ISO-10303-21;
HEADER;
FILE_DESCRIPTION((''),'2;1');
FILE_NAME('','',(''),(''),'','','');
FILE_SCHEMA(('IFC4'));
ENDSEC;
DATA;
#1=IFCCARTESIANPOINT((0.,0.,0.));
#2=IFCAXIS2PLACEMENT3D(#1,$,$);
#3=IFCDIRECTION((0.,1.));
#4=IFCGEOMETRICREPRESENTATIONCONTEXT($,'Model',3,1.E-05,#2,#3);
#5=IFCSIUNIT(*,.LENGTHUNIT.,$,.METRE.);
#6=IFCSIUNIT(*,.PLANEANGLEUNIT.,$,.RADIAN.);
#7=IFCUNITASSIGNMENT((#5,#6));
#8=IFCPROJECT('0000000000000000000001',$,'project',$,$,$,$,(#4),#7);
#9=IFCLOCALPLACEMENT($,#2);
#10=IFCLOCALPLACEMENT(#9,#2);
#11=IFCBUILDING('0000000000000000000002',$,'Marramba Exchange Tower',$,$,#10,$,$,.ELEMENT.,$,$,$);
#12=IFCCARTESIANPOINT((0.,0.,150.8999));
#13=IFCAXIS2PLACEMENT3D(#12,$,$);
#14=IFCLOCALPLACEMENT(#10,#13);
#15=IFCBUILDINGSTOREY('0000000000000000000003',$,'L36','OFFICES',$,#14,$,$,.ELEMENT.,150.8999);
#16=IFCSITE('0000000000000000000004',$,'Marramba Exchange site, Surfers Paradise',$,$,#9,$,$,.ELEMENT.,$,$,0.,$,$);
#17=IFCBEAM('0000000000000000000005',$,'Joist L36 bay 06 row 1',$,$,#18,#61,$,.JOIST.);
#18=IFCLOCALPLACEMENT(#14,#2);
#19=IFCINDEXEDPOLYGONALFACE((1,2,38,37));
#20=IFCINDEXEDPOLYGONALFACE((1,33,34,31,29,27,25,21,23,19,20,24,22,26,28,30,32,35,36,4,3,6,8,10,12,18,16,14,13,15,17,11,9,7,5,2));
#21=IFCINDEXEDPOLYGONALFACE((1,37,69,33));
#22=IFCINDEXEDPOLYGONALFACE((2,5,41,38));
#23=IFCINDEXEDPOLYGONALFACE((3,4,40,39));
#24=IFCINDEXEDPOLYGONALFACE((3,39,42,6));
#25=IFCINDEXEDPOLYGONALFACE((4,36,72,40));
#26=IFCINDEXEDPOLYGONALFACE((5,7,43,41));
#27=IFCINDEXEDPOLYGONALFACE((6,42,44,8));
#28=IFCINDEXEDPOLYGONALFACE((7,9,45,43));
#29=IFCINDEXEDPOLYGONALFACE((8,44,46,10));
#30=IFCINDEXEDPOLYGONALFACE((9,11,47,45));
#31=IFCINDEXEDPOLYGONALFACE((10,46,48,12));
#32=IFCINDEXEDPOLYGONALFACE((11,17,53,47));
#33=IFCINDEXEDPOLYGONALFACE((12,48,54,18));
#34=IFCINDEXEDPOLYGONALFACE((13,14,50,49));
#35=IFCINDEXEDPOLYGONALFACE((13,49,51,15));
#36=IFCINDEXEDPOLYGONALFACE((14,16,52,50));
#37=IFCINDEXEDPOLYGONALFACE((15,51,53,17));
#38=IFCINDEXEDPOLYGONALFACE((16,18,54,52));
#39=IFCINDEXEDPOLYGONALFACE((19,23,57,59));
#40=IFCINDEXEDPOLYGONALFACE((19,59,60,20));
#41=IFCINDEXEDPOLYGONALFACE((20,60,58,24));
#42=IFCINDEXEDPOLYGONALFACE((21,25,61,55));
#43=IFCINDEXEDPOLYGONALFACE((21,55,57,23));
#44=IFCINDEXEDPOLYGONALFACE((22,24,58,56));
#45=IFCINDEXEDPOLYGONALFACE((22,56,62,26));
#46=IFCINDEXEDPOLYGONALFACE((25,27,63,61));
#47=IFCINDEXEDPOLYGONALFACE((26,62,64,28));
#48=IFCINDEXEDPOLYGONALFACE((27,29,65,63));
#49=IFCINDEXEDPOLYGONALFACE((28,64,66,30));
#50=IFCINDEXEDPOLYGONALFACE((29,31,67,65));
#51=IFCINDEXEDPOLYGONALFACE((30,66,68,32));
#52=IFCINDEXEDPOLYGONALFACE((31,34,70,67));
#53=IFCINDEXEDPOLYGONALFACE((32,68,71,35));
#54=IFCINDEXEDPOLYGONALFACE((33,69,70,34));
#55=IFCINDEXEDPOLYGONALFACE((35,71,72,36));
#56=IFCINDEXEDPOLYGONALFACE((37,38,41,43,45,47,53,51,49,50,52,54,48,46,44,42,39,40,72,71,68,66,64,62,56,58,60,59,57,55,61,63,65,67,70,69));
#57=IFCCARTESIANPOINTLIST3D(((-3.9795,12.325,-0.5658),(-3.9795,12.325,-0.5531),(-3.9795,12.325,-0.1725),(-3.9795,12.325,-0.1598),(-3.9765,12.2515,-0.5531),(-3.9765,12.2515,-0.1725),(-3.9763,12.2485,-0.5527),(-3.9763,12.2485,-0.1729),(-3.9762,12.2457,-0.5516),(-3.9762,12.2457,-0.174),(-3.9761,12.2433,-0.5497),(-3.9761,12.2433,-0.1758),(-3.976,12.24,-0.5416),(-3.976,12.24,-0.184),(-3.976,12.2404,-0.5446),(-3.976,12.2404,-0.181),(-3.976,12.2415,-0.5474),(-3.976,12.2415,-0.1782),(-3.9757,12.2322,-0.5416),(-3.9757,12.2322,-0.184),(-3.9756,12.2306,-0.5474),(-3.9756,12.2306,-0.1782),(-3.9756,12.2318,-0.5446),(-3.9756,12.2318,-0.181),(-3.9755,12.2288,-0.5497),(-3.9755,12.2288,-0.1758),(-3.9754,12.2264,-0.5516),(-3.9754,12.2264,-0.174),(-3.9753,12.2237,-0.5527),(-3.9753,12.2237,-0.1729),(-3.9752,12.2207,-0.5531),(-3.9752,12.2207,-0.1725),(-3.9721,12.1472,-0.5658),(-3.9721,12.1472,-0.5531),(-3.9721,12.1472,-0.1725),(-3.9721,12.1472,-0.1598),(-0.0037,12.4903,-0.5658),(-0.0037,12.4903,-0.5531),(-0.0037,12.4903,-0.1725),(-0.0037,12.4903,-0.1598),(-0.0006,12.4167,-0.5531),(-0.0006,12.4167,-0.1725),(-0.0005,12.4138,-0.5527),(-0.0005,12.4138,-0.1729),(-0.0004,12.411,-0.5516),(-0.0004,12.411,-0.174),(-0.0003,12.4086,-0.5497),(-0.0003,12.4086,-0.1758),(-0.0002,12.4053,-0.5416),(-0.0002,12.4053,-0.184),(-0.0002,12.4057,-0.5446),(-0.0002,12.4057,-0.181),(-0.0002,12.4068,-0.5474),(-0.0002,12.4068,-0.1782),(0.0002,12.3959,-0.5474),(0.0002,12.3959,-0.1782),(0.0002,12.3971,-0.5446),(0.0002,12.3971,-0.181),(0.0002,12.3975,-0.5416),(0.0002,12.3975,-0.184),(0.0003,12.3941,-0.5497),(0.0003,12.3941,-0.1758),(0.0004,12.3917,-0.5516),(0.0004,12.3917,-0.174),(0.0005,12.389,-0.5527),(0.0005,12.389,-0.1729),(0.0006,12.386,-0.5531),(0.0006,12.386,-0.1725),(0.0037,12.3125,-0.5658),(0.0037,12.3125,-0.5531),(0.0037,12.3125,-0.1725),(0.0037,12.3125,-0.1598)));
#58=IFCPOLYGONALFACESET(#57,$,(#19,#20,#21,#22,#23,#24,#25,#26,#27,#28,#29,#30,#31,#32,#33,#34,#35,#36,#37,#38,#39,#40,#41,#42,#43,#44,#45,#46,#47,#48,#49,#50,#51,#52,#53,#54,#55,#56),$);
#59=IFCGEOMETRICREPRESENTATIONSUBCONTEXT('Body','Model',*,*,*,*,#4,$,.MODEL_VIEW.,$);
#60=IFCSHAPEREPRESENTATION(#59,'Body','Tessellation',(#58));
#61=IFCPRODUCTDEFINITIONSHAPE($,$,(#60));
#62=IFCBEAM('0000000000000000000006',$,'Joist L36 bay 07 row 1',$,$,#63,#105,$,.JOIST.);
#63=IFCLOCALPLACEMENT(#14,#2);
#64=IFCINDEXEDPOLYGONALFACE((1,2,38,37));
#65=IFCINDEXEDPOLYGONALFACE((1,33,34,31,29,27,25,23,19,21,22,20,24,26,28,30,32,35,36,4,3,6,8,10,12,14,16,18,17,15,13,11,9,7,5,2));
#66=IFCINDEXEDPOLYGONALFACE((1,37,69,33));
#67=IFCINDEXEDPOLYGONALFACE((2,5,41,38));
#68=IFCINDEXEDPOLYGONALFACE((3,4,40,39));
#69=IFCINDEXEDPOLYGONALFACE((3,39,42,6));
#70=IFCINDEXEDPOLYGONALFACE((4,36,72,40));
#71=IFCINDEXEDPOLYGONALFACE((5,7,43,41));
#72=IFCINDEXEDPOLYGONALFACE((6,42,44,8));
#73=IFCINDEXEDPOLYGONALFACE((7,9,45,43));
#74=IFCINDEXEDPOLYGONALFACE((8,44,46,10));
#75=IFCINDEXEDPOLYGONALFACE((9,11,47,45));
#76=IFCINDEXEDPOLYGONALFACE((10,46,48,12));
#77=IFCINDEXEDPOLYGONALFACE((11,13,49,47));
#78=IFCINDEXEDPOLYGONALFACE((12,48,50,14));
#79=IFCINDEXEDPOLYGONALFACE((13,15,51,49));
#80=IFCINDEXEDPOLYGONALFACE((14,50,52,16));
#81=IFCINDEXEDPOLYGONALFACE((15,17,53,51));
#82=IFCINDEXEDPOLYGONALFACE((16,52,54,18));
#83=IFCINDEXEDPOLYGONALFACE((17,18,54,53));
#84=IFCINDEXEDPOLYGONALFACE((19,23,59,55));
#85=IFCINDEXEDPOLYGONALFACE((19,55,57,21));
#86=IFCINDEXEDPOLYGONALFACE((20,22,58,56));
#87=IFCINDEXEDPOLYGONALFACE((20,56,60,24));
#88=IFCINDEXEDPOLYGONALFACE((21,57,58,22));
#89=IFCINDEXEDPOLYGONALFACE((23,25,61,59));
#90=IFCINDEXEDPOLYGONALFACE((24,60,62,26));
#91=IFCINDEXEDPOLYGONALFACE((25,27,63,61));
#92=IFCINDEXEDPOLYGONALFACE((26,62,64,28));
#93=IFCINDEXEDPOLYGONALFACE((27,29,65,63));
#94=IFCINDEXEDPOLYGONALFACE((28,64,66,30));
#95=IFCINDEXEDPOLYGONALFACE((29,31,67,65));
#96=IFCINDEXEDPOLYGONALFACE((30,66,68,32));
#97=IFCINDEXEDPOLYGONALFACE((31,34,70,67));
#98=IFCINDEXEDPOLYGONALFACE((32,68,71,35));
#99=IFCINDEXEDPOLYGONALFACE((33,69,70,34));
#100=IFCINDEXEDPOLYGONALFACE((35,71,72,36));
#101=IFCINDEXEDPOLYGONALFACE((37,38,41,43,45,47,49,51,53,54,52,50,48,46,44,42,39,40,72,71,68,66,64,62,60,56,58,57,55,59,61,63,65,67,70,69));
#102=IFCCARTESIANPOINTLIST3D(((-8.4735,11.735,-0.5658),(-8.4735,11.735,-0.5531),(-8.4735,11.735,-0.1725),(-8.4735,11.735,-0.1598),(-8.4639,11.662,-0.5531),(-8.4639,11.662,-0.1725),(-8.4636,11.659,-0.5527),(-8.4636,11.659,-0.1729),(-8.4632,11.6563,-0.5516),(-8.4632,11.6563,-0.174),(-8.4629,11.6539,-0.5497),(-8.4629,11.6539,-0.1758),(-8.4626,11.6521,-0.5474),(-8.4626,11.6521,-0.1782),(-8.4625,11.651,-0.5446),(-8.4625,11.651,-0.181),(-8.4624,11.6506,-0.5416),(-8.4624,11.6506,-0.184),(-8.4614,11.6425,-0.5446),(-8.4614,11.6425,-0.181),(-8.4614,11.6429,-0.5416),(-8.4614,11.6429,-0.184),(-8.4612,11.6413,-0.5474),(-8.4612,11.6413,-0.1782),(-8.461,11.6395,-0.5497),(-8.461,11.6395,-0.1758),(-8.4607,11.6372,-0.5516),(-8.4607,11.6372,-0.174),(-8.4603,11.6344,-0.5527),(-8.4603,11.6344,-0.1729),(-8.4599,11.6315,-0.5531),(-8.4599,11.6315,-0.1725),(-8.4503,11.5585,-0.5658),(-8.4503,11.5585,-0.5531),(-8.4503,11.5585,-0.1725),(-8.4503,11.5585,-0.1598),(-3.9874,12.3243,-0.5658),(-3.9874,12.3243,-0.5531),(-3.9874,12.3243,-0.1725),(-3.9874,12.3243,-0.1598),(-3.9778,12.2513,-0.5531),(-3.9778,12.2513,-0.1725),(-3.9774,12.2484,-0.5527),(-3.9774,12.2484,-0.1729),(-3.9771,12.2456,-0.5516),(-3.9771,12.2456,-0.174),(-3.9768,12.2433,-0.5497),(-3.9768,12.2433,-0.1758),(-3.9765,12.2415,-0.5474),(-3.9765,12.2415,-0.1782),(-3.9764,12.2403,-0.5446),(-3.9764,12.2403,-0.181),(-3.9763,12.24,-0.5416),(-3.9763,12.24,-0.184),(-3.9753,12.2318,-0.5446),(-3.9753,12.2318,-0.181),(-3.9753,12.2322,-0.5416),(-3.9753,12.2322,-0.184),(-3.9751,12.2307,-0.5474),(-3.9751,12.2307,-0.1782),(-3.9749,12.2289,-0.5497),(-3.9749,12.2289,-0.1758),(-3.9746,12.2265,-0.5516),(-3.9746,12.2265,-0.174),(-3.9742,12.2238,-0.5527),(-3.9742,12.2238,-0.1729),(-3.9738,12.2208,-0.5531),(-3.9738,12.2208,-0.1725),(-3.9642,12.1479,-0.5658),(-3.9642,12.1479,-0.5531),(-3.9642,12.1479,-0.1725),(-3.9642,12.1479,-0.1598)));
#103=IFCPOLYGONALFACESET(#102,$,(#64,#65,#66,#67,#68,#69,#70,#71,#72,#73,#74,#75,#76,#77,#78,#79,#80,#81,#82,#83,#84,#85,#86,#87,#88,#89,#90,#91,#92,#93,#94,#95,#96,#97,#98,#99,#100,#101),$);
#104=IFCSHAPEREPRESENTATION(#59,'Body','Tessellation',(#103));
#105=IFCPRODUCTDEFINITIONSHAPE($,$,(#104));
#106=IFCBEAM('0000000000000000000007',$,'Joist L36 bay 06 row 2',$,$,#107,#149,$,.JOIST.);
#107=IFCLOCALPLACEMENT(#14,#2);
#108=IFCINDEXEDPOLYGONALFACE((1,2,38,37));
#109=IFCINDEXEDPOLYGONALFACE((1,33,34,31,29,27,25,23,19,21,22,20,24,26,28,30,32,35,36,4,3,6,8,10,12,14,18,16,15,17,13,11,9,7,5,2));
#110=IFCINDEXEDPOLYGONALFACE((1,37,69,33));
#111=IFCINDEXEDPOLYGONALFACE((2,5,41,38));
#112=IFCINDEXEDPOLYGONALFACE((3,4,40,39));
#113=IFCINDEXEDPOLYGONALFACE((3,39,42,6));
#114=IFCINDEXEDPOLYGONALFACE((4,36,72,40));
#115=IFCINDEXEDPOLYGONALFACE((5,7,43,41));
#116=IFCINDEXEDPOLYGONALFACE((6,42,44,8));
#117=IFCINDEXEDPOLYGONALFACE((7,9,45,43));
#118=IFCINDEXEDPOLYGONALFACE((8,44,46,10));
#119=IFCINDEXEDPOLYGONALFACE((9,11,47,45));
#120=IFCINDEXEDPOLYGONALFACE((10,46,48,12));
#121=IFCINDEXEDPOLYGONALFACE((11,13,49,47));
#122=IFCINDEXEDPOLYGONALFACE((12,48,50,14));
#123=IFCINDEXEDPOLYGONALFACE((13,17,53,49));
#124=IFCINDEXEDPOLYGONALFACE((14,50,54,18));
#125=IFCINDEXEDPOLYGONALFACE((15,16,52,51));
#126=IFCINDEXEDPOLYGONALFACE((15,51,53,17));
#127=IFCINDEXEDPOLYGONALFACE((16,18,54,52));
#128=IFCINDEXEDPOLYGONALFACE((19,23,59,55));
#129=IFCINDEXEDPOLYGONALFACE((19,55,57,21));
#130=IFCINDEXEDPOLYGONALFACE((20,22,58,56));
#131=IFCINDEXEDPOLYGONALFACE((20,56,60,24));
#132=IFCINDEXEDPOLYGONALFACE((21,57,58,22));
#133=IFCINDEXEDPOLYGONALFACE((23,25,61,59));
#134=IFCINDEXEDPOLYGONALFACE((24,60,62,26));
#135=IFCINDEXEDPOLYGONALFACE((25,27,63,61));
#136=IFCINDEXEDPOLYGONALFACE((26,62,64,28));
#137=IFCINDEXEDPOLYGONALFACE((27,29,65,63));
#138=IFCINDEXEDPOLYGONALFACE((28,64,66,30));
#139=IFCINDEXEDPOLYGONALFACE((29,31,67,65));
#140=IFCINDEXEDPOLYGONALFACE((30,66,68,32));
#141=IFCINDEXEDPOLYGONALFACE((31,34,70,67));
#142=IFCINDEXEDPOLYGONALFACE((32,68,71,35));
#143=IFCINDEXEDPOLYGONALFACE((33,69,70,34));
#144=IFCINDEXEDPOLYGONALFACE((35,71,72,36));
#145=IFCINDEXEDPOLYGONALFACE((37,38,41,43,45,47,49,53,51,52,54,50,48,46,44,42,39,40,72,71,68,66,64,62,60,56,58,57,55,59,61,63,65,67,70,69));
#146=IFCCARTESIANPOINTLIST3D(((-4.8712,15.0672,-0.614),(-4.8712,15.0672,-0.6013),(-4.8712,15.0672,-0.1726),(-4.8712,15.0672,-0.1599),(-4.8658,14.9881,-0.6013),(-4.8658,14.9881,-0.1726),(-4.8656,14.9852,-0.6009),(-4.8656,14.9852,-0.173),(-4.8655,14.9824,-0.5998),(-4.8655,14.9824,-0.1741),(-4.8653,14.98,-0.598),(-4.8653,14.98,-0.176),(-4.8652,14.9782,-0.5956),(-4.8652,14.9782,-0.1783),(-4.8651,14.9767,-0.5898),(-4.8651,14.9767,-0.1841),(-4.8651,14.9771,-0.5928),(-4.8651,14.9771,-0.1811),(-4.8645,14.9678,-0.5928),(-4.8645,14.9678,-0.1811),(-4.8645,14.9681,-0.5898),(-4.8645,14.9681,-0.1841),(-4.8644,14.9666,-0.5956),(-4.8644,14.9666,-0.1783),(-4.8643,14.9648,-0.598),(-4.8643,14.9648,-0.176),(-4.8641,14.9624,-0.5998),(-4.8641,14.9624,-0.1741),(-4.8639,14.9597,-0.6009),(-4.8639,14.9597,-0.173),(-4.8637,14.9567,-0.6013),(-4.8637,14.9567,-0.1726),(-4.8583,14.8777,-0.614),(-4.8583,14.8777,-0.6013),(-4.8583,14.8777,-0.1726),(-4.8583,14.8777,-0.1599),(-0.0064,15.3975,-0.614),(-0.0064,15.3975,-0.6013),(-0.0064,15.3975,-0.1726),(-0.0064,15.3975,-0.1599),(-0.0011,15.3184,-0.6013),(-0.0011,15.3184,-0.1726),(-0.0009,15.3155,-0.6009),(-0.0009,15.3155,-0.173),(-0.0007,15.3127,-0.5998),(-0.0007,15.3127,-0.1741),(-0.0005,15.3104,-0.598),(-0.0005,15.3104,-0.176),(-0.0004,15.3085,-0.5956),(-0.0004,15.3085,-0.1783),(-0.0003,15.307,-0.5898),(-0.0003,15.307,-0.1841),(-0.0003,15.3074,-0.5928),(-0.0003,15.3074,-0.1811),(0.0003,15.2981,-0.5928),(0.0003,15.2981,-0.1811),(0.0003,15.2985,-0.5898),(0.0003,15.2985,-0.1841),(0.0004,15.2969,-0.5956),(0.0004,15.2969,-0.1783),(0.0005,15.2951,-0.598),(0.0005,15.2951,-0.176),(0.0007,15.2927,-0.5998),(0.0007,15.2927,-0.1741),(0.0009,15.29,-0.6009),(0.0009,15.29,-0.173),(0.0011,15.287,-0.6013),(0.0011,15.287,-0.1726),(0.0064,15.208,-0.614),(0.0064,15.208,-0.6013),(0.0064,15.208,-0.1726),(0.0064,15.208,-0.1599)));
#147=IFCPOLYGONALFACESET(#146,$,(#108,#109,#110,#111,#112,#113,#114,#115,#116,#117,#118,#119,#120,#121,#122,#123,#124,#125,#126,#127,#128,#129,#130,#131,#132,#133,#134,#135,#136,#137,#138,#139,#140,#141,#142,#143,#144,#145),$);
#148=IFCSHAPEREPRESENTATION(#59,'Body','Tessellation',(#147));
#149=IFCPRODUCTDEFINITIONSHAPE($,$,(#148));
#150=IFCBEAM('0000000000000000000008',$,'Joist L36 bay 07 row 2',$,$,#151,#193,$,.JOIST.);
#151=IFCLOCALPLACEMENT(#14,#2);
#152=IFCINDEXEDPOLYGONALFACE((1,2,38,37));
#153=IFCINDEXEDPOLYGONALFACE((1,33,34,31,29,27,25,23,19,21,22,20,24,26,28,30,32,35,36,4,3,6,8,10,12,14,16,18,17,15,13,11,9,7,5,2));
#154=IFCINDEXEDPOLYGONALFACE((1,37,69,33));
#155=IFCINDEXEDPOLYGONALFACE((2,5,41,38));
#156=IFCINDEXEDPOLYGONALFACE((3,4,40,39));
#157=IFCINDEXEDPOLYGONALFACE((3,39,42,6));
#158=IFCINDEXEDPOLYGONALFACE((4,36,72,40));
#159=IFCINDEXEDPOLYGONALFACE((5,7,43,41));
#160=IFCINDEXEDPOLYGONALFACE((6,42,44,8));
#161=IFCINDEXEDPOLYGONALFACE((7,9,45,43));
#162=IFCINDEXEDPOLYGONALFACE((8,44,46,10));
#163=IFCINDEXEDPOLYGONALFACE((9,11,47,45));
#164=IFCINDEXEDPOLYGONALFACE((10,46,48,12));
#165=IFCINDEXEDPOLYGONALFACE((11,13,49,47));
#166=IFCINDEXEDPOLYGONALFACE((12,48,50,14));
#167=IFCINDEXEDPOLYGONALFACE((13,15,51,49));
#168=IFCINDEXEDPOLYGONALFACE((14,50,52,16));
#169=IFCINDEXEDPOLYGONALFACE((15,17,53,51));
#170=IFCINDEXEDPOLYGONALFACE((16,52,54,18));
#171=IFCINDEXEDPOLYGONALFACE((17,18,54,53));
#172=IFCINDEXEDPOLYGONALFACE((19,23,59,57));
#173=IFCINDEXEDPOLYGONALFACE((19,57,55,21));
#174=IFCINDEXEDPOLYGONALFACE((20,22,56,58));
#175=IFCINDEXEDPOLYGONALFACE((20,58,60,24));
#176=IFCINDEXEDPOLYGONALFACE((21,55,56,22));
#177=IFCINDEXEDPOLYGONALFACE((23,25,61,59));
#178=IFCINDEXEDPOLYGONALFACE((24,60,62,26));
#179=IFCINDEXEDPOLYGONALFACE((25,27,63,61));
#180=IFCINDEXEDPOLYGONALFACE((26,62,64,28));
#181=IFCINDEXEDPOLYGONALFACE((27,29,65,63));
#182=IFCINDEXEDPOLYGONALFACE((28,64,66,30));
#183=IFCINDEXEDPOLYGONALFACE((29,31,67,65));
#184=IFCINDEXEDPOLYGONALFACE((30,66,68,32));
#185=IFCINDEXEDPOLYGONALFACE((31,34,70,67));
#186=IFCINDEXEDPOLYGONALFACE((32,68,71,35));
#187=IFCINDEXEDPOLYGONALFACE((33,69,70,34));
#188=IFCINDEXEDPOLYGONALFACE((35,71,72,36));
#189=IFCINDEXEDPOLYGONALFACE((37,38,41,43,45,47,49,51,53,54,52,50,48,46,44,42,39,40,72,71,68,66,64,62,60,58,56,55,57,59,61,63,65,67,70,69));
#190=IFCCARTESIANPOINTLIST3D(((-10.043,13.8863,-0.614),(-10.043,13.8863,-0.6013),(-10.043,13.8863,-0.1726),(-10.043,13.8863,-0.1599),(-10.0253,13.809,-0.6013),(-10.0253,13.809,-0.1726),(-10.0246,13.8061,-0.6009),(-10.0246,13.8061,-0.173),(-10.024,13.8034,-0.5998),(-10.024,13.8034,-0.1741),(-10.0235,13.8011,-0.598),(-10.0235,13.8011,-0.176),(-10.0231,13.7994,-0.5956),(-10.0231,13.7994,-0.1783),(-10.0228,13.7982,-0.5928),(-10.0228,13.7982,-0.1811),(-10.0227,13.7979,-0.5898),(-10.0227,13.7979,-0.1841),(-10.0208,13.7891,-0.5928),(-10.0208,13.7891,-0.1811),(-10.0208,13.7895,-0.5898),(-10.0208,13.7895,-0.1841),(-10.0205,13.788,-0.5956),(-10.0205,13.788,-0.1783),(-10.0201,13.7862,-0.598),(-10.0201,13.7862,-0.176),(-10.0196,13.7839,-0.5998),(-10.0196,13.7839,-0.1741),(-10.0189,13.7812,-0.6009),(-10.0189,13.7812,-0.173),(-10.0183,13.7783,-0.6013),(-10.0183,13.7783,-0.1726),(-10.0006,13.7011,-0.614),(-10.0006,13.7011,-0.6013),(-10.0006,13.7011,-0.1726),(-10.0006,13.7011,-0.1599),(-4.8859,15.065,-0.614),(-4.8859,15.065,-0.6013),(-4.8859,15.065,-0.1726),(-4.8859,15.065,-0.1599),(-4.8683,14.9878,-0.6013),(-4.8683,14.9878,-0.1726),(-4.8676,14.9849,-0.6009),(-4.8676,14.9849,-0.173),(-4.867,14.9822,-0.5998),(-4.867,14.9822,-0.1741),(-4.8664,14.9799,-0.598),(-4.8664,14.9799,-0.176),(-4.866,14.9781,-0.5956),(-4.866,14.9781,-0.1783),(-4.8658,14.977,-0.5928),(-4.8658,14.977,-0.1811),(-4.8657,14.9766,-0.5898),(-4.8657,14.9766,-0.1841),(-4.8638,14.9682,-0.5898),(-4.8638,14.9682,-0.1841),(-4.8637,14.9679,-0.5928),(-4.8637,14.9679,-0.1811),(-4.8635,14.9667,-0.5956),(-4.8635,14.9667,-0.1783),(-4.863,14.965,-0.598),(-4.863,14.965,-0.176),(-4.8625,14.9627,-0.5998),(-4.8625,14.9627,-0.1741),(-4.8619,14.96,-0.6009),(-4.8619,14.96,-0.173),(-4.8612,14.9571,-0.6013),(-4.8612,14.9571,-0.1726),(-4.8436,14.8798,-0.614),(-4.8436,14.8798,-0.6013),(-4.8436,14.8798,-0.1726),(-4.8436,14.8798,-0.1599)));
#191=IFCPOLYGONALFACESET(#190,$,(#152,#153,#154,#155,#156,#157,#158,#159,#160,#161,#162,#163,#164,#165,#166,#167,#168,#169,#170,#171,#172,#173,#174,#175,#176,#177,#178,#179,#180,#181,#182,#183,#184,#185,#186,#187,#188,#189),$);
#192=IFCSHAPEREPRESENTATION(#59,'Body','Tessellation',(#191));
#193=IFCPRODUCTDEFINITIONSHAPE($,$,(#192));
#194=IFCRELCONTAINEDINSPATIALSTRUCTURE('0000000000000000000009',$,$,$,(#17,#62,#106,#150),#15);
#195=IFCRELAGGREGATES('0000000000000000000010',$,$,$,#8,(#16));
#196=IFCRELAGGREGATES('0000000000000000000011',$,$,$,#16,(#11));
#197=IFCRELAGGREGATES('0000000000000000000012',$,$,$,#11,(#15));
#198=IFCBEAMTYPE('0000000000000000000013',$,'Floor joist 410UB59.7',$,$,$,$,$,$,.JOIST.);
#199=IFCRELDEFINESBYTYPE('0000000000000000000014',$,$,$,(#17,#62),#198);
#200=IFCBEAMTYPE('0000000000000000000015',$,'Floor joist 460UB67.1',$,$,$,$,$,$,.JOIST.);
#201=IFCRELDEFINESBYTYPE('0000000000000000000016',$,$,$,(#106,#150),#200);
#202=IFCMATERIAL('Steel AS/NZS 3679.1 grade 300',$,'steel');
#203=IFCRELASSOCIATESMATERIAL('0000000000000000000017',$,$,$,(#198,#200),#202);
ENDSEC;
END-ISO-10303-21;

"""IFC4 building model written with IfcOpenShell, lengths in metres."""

from ifc_helpers import new_model, si_unit, direction, frame, origin, origin_2d, place, context, subcontext, project, spatial, i_section, extrude, material, material_profile, profile_set, type_object, element, save


model = new_model("IFC4")

# Units and contexts
model_context = context("Model", 3, precision=1e-05, world=origin(), true_north=direction((0.0, 1.0)))
body_context = subcontext(model_context, "Body", "Model", "MODEL_VIEW")
ifc_project = project(units=[si_unit("LENGTHUNIT", "METRE"), si_unit("PLANEANGLEUNIT", "RADIAN")], contexts=[model_context])

# Site, building, storey
site_placement = place(None, origin())
site = spatial("IfcSite", under=ifc_project, at=site_placement, Name="Marramba Exchange site, Surfers Paradise", CompositionType="ELEMENT", RefElevation=0.0)
building_placement = place(site_placement, origin())
building = spatial("IfcBuilding", under=site, at=building_placement, Name="Marramba Exchange Tower", CompositionType="ELEMENT")
storey_placement = place(building_placement, frame((0.0, 0.0, 150.8999)))
storey = spatial("IfcBuildingStorey", under=building, at=storey_placement, Name="L36", Description="OFFICES", CompositionType="ELEMENT", Elevation=150.8999)

# Beams
ifc_material_1 = material(Name="Steel AS/NZS 3679.1 grade 300", Category="steel")
ifc_material_profile_1 = material_profile(ifc_material_1, i_section(OverallWidth=0.178, OverallDepth=0.406, WebThickness=0.0078, FlangeThickness=0.0127, FilletRadius=0.0115, at=origin_2d()), Name="410UB59.7")
ifc_profile_set_1 = profile_set([ifc_material_profile_1], Name="Steel AS/NZS 3679.1 grade 300")
beam_type_1 = type_object("IfcBeamType", Name="Floor joist 410UB59.7", PredefinedType="JOIST", material=ifc_profile_set_1)
beam_1_placement = place(storey_placement, frame((0.0, 12.4014, -0.3628), z_axis=(-0.999137, -0.041536, 0.0), x_axis=(0.041536, -0.999137, 0.0)))
element("IfcBeam", 1, at=beam_1_placement, inside=storey, type_object=beam_type_1, Name="Joist L36 bay 06 row 1", PredefinedType="JOIST", context=body_context, shape_type="SweptSolid", body=[
    extrude(i_section(OverallWidth=0.178, OverallDepth=0.406, WebThickness=0.0078, FlangeThickness=0.0127, FilletRadius=0.0115, at=origin_2d()), origin(), (0.0, 0.0, 1.0), 3.9792),
])
beam_2_placement = place(storey_placement, frame((-3.9758, 12.2361, -0.3628), z_axis=(-0.991481, -0.130255, 0.0), x_axis=(0.130255, -0.991481, 0.0)))
element("IfcBeam", 2, at=beam_2_placement, inside=storey, type_object=beam_type_1, Name="Joist L36 bay 07 row 1", PredefinedType="JOIST", context=body_context, shape_type="SweptSolid", body=[
    extrude(i_section(OverallWidth=0.178, OverallDepth=0.406, WebThickness=0.0078, FlangeThickness=0.0127, FilletRadius=0.0115, at=origin_2d()), origin(), (0.0, 0.0, 1.0), 4.5247),
])
ifc_material_profile_2 = material_profile(ifc_material_1, i_section(OverallWidth=0.1899, OverallDepth=0.4541, WebThickness=0.0085, FlangeThickness=0.0127, FilletRadius=0.0115, at=origin_2d()), Name="460UB67.1")
ifc_profile_set_2 = profile_set([ifc_material_profile_2], Name="Steel AS/NZS 3679.1 grade 300")
beam_type_2 = type_object("IfcBeamType", Name="Floor joist 460UB67.1", PredefinedType="JOIST", material=ifc_profile_set_2)
beam_3_placement = place(storey_placement, frame((0.0, 15.3027, -0.387), z_axis=(-0.997703, -0.067745, 0.0), x_axis=(0.067745, -0.997703, 0.0)))
element("IfcBeam", 3, at=beam_3_placement, inside=storey, type_object=beam_type_2, Name="Joist L36 bay 06 row 2", PredefinedType="JOIST", context=body_context, shape_type="SweptSolid", body=[
    extrude(i_section(OverallWidth=0.1899, OverallDepth=0.4541, WebThickness=0.0085, FlangeThickness=0.0127, FilletRadius=0.0115, at=origin_2d()), origin(), (0.0, 0.0, 1.0), 4.876),
])
beam_4_placement = place(storey_placement, frame((-4.8647, 14.9724, -0.387), z_axis=(-0.97486, -0.22282, 0.0), x_axis=(0.22282, -0.97486, 0.0)))
element("IfcBeam", 4, at=beam_4_placement, inside=storey, type_object=beam_type_2, Name="Joist L36 bay 07 row 2", PredefinedType="JOIST", context=body_context, shape_type="SweptSolid", body=[
    extrude(i_section(OverallWidth=0.1899, OverallDepth=0.4541, WebThickness=0.0085, FlangeThickness=0.0127, FilletRadius=0.0115, at=origin_2d()), origin(), (0.0, 0.0, 1.0), 5.29),
])

save(model, "model.ifc")
